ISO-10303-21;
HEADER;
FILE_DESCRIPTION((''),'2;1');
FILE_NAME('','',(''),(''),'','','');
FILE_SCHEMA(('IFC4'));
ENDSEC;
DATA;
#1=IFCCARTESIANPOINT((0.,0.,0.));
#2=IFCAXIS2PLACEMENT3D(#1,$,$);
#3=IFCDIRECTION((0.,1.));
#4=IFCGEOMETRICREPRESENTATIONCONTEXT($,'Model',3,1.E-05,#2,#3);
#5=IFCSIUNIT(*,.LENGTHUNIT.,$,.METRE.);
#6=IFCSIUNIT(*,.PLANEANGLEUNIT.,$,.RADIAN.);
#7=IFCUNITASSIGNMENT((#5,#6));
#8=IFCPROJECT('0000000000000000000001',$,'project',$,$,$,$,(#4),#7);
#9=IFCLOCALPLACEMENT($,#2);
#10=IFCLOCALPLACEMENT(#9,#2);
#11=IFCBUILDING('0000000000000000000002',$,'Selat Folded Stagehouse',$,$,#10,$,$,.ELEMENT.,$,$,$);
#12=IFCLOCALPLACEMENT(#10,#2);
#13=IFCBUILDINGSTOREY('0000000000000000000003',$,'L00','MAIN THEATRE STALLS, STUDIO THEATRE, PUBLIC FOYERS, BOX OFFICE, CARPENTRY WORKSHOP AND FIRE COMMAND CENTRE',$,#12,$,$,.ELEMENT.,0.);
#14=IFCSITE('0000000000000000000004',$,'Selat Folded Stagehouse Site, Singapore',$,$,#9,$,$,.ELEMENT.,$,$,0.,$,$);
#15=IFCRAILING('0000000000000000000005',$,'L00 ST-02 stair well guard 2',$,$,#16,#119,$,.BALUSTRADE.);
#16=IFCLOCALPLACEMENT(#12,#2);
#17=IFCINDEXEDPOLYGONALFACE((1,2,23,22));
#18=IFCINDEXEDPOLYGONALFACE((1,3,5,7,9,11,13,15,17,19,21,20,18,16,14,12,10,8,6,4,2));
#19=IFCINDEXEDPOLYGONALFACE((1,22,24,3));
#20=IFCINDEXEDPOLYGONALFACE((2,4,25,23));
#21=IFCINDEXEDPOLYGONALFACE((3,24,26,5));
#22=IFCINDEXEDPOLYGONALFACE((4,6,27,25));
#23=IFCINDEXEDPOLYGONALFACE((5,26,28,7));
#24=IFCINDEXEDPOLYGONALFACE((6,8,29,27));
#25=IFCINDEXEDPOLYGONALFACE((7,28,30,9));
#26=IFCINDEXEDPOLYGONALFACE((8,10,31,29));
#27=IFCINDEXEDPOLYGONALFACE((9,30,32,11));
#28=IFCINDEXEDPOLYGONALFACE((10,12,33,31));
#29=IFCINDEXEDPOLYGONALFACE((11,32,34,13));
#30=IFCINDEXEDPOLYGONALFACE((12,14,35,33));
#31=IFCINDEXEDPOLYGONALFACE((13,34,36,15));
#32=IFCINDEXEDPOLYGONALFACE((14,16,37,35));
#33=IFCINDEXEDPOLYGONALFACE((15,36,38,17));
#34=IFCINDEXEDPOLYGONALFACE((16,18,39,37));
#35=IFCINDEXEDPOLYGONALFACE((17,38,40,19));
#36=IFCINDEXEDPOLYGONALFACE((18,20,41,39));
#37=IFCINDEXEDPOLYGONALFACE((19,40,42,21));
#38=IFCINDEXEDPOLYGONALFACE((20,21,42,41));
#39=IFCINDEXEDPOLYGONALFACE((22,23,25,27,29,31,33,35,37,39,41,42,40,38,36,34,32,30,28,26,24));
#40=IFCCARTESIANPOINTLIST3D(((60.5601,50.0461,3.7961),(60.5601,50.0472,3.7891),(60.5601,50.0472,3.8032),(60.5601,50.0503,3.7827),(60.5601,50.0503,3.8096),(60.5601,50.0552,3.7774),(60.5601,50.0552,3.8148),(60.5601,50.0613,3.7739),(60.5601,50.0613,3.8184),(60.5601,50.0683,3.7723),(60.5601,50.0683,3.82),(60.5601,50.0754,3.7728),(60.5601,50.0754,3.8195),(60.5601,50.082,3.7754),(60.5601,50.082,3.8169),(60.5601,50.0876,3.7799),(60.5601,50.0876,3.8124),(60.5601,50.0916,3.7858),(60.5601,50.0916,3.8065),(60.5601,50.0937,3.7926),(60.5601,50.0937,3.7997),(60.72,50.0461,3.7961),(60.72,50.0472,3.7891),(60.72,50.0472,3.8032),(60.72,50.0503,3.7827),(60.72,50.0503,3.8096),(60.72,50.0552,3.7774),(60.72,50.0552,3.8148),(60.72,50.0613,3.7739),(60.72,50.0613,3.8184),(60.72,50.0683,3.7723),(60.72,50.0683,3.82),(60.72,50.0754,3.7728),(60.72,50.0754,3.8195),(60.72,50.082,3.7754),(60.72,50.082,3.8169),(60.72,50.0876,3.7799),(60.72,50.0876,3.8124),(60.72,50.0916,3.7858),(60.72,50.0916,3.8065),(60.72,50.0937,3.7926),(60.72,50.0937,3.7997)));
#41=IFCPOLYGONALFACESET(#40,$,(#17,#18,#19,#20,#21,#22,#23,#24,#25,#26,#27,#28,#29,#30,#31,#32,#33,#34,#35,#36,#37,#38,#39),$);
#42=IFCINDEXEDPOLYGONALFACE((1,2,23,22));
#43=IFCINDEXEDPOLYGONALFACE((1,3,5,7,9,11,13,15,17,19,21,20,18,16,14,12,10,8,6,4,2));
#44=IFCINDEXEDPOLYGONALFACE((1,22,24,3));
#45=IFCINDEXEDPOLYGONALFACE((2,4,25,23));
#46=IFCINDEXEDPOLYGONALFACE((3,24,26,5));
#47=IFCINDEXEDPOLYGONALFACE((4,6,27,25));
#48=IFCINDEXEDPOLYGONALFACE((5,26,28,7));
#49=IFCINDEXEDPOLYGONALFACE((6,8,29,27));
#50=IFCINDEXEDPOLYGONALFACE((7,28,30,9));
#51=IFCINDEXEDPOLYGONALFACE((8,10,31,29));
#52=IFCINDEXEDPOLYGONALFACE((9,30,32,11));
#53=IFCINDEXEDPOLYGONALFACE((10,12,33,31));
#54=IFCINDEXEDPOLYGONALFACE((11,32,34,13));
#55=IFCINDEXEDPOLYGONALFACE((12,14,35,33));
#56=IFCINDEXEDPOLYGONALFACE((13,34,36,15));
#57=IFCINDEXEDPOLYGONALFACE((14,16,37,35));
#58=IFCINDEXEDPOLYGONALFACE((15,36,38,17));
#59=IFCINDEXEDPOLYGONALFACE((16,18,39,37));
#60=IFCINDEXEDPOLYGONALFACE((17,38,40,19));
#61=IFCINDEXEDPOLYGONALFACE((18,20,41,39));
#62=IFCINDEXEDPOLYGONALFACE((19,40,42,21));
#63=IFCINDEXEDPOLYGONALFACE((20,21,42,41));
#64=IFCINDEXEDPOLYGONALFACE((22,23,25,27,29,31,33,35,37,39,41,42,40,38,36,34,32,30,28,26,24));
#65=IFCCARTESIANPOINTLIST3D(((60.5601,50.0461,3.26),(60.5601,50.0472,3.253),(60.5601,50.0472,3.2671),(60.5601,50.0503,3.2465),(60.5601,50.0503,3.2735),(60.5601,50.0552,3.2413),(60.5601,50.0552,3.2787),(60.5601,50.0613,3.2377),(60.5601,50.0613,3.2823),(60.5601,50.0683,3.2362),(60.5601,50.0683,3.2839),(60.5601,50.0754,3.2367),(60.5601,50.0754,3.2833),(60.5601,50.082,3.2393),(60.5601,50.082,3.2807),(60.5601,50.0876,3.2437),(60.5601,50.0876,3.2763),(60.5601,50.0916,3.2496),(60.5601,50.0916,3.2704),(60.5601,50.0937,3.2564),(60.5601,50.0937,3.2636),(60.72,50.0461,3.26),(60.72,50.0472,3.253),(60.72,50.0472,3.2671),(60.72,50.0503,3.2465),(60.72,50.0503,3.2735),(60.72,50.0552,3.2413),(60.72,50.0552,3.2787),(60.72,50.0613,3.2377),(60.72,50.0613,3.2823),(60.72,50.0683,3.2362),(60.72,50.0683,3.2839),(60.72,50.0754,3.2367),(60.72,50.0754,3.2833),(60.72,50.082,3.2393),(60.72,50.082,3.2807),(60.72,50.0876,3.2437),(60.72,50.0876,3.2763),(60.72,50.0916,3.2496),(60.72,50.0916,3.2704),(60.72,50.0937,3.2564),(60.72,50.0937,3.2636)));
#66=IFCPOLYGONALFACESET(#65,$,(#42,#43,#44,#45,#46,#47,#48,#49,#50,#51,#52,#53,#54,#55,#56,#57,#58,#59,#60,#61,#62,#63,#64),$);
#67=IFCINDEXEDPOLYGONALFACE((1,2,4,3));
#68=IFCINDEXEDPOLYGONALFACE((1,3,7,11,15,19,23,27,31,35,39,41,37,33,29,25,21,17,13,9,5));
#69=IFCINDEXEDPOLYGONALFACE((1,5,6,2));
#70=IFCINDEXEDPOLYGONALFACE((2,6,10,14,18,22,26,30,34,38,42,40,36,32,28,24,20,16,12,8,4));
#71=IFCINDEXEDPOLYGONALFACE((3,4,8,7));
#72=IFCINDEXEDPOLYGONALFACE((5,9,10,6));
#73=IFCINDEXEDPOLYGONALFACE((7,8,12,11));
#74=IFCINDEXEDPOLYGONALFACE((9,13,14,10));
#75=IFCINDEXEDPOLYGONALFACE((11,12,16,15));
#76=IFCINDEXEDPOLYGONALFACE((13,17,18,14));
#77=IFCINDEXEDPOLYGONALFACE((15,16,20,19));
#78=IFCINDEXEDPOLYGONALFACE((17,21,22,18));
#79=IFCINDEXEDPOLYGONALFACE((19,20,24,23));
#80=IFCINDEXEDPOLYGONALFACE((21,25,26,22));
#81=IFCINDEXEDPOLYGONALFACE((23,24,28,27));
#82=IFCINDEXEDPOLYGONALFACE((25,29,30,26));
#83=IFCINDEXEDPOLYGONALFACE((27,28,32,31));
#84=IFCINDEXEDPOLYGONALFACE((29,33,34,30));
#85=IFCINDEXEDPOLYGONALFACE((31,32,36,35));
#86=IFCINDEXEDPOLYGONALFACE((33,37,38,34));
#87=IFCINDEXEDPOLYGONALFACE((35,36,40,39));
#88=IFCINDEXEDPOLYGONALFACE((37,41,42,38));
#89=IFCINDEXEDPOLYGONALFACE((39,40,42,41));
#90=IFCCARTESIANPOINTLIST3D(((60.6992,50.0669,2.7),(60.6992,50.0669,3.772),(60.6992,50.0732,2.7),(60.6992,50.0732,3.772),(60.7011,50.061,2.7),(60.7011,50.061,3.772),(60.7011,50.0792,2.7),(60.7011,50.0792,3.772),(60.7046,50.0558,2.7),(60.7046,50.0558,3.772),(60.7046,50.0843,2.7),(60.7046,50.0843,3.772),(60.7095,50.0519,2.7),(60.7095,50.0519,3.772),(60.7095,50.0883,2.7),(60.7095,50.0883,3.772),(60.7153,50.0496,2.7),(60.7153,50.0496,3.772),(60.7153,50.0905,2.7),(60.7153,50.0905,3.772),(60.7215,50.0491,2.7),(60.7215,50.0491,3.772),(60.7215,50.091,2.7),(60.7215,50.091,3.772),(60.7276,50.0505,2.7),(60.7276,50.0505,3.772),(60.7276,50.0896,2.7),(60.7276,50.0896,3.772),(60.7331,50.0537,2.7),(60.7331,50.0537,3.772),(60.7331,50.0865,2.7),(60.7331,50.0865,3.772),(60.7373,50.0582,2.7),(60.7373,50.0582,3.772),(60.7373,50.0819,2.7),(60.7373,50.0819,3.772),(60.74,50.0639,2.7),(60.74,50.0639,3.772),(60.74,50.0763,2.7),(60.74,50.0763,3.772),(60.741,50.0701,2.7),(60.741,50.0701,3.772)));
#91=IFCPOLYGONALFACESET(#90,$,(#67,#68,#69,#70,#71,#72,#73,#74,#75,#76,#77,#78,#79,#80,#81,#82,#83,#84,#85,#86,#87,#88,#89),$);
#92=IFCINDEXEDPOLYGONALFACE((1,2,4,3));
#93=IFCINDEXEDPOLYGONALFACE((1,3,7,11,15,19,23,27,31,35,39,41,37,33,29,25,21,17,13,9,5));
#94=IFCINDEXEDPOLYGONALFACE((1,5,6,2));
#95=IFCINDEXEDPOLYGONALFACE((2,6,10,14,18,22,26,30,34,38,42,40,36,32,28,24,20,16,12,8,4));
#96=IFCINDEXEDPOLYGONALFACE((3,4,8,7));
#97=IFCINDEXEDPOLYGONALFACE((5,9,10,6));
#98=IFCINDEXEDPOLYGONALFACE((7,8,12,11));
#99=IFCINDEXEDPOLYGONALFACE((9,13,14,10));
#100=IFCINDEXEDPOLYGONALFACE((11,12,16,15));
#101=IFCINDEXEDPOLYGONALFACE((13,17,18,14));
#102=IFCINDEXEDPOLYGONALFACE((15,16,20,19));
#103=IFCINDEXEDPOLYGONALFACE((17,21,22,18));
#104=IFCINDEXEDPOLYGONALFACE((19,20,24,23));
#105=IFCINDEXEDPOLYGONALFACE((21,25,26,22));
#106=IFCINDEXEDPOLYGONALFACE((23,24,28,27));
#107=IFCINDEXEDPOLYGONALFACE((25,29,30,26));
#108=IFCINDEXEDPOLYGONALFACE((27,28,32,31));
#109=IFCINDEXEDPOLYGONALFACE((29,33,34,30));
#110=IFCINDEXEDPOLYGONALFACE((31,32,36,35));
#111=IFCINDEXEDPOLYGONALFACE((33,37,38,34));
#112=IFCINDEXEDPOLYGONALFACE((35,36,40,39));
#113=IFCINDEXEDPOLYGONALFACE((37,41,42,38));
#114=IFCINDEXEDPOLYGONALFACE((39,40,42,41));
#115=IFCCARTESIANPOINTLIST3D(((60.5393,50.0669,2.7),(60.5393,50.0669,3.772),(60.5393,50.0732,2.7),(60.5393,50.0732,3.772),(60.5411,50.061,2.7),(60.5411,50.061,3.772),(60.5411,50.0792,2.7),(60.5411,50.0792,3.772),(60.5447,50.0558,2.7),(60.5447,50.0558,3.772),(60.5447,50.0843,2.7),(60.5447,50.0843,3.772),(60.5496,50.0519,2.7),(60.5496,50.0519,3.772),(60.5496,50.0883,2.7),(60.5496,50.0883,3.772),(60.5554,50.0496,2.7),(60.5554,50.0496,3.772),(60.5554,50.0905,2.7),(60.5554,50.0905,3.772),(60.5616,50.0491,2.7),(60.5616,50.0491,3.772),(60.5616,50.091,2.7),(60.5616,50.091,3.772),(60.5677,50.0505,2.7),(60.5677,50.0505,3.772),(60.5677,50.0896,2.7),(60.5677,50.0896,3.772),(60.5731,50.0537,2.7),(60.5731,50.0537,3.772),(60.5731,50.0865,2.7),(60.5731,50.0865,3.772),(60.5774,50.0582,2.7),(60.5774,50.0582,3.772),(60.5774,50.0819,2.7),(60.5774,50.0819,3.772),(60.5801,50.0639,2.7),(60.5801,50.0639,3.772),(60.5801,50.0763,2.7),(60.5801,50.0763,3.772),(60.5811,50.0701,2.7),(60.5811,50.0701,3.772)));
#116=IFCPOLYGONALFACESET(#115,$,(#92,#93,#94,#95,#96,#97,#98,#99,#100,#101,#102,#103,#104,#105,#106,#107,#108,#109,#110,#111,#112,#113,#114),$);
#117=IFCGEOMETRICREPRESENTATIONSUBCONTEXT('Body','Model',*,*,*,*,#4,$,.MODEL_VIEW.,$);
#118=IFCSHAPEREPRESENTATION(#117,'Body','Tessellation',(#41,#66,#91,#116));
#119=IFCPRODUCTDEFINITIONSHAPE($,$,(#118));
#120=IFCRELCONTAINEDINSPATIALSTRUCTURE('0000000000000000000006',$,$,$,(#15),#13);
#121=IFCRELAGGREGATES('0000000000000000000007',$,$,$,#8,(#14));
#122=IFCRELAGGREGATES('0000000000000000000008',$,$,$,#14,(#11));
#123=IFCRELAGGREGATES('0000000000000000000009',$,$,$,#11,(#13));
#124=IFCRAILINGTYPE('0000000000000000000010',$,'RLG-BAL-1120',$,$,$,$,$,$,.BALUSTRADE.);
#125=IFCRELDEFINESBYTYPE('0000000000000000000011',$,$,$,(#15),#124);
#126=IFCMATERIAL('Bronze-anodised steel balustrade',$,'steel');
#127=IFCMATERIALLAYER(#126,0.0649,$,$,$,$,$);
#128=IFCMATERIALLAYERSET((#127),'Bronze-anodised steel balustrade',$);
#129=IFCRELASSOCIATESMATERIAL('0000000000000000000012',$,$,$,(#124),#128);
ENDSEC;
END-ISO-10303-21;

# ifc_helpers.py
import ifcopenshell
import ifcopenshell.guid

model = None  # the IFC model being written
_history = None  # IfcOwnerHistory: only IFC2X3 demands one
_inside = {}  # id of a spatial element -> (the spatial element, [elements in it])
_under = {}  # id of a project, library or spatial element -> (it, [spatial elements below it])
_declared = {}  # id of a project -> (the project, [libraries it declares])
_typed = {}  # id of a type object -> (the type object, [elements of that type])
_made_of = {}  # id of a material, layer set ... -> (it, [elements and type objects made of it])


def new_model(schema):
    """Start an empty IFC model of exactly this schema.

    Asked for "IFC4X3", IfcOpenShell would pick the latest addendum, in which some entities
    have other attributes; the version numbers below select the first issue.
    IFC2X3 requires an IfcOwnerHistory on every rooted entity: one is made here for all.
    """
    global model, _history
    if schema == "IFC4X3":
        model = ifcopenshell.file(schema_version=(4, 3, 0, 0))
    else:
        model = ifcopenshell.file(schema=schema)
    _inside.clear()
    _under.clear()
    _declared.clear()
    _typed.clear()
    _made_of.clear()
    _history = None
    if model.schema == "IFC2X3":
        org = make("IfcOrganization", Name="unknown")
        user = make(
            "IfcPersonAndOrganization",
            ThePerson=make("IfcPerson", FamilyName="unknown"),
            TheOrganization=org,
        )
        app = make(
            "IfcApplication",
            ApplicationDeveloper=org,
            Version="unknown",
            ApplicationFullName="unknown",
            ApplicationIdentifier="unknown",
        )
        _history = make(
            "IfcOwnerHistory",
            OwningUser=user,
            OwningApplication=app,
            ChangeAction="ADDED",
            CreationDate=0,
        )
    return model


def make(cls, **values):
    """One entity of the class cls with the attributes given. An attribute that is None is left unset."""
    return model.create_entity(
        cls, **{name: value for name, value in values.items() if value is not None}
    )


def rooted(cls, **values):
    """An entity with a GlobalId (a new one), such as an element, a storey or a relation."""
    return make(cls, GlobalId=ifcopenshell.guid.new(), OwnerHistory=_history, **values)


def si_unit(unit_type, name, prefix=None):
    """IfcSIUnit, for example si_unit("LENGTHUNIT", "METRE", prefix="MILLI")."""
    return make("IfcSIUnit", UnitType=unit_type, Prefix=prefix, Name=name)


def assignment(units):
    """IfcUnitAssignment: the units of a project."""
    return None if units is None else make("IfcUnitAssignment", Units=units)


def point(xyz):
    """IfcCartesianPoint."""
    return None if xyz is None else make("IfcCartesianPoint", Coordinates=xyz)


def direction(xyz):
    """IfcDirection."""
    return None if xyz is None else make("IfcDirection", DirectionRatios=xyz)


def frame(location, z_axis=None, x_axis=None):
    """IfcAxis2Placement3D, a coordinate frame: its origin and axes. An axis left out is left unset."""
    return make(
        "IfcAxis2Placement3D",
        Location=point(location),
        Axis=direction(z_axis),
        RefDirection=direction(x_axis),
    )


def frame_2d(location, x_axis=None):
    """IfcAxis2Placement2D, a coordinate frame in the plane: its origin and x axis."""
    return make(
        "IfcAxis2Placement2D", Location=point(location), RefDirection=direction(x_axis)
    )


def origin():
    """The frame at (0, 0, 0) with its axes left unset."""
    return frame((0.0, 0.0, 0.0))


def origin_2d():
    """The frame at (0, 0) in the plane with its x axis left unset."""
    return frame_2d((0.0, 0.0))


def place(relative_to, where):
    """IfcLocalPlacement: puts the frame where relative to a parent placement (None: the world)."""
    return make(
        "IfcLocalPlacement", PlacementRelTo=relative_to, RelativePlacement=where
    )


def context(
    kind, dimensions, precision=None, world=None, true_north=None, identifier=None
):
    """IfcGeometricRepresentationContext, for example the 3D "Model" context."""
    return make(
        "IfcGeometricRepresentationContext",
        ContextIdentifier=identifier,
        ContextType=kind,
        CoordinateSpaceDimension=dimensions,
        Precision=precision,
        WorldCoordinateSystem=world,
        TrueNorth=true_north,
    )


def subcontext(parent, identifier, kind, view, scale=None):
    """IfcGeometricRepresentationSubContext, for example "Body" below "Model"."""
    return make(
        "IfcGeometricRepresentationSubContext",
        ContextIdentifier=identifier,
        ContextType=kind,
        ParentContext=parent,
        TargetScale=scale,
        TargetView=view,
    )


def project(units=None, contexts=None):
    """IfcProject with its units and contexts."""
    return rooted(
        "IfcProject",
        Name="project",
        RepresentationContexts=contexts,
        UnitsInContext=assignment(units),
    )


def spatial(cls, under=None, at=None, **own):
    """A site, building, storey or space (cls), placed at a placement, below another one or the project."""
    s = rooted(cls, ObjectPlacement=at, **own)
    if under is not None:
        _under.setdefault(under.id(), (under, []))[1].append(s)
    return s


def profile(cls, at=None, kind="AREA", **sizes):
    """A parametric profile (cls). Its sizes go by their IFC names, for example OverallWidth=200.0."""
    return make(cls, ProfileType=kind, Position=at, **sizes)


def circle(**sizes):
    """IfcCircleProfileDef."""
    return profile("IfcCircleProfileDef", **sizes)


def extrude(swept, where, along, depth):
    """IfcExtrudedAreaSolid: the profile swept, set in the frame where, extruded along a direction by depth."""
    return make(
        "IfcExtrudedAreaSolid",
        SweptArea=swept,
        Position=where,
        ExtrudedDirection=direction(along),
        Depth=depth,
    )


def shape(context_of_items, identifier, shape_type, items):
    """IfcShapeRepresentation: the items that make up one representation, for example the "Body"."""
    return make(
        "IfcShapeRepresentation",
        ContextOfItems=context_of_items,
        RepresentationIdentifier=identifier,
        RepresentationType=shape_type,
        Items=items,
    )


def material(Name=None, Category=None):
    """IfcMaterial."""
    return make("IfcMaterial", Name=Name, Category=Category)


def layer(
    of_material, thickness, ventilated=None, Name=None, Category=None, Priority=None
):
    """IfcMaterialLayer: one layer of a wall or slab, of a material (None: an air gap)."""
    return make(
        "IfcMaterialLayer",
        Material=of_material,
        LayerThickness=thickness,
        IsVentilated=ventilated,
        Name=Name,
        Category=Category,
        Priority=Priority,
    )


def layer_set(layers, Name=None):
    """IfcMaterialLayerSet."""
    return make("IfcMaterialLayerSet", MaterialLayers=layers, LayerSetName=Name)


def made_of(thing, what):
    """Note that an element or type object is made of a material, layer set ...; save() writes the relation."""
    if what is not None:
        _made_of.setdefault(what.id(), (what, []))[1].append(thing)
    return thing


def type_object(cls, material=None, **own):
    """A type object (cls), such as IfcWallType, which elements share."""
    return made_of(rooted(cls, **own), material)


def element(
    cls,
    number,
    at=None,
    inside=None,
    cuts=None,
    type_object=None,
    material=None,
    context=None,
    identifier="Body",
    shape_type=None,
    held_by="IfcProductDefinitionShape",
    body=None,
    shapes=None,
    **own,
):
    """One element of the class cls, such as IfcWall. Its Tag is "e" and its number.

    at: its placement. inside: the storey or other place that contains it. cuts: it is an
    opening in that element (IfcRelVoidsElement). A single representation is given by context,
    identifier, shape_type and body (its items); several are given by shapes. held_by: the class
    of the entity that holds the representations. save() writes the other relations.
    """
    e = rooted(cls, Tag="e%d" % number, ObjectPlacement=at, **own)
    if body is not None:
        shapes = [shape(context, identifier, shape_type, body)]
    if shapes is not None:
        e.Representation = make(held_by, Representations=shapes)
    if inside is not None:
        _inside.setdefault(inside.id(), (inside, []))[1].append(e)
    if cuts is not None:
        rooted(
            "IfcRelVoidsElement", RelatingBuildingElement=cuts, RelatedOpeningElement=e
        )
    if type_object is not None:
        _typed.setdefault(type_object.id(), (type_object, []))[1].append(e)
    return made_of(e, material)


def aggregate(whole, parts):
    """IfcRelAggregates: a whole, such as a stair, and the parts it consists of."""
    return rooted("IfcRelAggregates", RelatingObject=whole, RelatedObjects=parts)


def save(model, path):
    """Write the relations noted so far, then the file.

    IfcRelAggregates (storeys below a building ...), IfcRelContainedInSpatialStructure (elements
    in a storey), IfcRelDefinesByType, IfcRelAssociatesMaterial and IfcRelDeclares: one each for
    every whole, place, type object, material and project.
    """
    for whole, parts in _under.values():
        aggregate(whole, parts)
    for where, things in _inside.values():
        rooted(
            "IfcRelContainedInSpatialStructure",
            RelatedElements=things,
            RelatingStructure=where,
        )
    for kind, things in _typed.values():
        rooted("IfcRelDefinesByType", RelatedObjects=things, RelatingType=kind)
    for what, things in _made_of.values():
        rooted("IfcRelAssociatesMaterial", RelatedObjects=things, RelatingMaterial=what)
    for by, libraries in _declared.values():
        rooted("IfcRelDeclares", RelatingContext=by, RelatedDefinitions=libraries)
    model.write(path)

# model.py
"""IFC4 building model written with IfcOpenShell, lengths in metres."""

from ifc_helpers import new_model, si_unit, direction, frame, origin, origin_2d, place, context, subcontext, project, spatial, circle, extrude, material, layer, layer_set, type_object, element, save


model = new_model("IFC4")

# Units and contexts
model_context = context("Model", 3, precision=1e-05, world=origin(), true_north=direction((0.0, 1.0)))
body_context = subcontext(model_context, "Body", "Model", "MODEL_VIEW")
ifc_project = project(units=[si_unit("LENGTHUNIT", "METRE"), si_unit("PLANEANGLEUNIT", "RADIAN")], contexts=[model_context])

# Site, building, storey
site_placement = place(None, origin())
site = spatial("IfcSite", under=ifc_project, at=site_placement, Name="Selat Folded Stagehouse Site, Singapore", CompositionType="ELEMENT", RefElevation=0.0)
building_placement = place(site_placement, origin())
building = spatial("IfcBuilding", under=site, at=building_placement, Name="Selat Folded Stagehouse", CompositionType="ELEMENT")
storey_placement = place(building_placement, origin())
storey = spatial("IfcBuildingStorey", under=building, at=storey_placement, Name="L00", Description="MAIN THEATRE STALLS, STUDIO THEATRE, PUBLIC FOYERS, BOX OFFICE, CARPENTRY WORKSHOP AND FIRE COMMAND CENTRE", CompositionType="ELEMENT", Elevation=0.0)

# Railing
ifc_material_1 = material(Name="Bronze-anodised steel balustrade", Category="steel")
ifc_layer_1 = layer(ifc_material_1, 0.0649)
ifc_layer_set_1 = layer_set([ifc_layer_1], Name="Bronze-anodised steel balustrade")
railing_type_1 = type_object("IfcRailingType", Name="RLG-BAL-1120", PredefinedType="BALUSTRADE", material=ifc_layer_set_1)
railing_1_placement = place(storey_placement, frame((60.72, 50.0701, 2.7)))
element("IfcRailing", 1, at=railing_1_placement, inside=storey, type_object=railing_type_1, Name="L00 ST-02 stair well guard 2", PredefinedType="BALUSTRADE", context=body_context, shape_type="SweptSolid", body=[
    extrude(circle(Radius=0.0239, at=origin_2d()), frame((0.0, 0.0, 1.0962), z_axis=(-1.0, 0.0, 0.0), x_axis=(0.0, -1.0, 0.0)), (0.0, 0.0, 1.0), 0.1599),
    extrude(circle(Radius=0.0239, at=origin_2d()), frame((0.0, 0.0, 0.5601), z_axis=(-1.0, 0.0, 0.0), x_axis=(0.0, -1.0, 0.0)), (0.0, 0.0, 1.0), 0.1599),
    extrude(circle(Radius=0.021, at=origin_2d()), origin(), (0.0, 0.0, 1.0), 1.072),
    extrude(circle(Radius=0.021, at=origin_2d()), frame((-0.1599, 0.0, 0.0)), (0.0, 0.0, 1.0), 1.072),
])

save(model, "model.ifc")
